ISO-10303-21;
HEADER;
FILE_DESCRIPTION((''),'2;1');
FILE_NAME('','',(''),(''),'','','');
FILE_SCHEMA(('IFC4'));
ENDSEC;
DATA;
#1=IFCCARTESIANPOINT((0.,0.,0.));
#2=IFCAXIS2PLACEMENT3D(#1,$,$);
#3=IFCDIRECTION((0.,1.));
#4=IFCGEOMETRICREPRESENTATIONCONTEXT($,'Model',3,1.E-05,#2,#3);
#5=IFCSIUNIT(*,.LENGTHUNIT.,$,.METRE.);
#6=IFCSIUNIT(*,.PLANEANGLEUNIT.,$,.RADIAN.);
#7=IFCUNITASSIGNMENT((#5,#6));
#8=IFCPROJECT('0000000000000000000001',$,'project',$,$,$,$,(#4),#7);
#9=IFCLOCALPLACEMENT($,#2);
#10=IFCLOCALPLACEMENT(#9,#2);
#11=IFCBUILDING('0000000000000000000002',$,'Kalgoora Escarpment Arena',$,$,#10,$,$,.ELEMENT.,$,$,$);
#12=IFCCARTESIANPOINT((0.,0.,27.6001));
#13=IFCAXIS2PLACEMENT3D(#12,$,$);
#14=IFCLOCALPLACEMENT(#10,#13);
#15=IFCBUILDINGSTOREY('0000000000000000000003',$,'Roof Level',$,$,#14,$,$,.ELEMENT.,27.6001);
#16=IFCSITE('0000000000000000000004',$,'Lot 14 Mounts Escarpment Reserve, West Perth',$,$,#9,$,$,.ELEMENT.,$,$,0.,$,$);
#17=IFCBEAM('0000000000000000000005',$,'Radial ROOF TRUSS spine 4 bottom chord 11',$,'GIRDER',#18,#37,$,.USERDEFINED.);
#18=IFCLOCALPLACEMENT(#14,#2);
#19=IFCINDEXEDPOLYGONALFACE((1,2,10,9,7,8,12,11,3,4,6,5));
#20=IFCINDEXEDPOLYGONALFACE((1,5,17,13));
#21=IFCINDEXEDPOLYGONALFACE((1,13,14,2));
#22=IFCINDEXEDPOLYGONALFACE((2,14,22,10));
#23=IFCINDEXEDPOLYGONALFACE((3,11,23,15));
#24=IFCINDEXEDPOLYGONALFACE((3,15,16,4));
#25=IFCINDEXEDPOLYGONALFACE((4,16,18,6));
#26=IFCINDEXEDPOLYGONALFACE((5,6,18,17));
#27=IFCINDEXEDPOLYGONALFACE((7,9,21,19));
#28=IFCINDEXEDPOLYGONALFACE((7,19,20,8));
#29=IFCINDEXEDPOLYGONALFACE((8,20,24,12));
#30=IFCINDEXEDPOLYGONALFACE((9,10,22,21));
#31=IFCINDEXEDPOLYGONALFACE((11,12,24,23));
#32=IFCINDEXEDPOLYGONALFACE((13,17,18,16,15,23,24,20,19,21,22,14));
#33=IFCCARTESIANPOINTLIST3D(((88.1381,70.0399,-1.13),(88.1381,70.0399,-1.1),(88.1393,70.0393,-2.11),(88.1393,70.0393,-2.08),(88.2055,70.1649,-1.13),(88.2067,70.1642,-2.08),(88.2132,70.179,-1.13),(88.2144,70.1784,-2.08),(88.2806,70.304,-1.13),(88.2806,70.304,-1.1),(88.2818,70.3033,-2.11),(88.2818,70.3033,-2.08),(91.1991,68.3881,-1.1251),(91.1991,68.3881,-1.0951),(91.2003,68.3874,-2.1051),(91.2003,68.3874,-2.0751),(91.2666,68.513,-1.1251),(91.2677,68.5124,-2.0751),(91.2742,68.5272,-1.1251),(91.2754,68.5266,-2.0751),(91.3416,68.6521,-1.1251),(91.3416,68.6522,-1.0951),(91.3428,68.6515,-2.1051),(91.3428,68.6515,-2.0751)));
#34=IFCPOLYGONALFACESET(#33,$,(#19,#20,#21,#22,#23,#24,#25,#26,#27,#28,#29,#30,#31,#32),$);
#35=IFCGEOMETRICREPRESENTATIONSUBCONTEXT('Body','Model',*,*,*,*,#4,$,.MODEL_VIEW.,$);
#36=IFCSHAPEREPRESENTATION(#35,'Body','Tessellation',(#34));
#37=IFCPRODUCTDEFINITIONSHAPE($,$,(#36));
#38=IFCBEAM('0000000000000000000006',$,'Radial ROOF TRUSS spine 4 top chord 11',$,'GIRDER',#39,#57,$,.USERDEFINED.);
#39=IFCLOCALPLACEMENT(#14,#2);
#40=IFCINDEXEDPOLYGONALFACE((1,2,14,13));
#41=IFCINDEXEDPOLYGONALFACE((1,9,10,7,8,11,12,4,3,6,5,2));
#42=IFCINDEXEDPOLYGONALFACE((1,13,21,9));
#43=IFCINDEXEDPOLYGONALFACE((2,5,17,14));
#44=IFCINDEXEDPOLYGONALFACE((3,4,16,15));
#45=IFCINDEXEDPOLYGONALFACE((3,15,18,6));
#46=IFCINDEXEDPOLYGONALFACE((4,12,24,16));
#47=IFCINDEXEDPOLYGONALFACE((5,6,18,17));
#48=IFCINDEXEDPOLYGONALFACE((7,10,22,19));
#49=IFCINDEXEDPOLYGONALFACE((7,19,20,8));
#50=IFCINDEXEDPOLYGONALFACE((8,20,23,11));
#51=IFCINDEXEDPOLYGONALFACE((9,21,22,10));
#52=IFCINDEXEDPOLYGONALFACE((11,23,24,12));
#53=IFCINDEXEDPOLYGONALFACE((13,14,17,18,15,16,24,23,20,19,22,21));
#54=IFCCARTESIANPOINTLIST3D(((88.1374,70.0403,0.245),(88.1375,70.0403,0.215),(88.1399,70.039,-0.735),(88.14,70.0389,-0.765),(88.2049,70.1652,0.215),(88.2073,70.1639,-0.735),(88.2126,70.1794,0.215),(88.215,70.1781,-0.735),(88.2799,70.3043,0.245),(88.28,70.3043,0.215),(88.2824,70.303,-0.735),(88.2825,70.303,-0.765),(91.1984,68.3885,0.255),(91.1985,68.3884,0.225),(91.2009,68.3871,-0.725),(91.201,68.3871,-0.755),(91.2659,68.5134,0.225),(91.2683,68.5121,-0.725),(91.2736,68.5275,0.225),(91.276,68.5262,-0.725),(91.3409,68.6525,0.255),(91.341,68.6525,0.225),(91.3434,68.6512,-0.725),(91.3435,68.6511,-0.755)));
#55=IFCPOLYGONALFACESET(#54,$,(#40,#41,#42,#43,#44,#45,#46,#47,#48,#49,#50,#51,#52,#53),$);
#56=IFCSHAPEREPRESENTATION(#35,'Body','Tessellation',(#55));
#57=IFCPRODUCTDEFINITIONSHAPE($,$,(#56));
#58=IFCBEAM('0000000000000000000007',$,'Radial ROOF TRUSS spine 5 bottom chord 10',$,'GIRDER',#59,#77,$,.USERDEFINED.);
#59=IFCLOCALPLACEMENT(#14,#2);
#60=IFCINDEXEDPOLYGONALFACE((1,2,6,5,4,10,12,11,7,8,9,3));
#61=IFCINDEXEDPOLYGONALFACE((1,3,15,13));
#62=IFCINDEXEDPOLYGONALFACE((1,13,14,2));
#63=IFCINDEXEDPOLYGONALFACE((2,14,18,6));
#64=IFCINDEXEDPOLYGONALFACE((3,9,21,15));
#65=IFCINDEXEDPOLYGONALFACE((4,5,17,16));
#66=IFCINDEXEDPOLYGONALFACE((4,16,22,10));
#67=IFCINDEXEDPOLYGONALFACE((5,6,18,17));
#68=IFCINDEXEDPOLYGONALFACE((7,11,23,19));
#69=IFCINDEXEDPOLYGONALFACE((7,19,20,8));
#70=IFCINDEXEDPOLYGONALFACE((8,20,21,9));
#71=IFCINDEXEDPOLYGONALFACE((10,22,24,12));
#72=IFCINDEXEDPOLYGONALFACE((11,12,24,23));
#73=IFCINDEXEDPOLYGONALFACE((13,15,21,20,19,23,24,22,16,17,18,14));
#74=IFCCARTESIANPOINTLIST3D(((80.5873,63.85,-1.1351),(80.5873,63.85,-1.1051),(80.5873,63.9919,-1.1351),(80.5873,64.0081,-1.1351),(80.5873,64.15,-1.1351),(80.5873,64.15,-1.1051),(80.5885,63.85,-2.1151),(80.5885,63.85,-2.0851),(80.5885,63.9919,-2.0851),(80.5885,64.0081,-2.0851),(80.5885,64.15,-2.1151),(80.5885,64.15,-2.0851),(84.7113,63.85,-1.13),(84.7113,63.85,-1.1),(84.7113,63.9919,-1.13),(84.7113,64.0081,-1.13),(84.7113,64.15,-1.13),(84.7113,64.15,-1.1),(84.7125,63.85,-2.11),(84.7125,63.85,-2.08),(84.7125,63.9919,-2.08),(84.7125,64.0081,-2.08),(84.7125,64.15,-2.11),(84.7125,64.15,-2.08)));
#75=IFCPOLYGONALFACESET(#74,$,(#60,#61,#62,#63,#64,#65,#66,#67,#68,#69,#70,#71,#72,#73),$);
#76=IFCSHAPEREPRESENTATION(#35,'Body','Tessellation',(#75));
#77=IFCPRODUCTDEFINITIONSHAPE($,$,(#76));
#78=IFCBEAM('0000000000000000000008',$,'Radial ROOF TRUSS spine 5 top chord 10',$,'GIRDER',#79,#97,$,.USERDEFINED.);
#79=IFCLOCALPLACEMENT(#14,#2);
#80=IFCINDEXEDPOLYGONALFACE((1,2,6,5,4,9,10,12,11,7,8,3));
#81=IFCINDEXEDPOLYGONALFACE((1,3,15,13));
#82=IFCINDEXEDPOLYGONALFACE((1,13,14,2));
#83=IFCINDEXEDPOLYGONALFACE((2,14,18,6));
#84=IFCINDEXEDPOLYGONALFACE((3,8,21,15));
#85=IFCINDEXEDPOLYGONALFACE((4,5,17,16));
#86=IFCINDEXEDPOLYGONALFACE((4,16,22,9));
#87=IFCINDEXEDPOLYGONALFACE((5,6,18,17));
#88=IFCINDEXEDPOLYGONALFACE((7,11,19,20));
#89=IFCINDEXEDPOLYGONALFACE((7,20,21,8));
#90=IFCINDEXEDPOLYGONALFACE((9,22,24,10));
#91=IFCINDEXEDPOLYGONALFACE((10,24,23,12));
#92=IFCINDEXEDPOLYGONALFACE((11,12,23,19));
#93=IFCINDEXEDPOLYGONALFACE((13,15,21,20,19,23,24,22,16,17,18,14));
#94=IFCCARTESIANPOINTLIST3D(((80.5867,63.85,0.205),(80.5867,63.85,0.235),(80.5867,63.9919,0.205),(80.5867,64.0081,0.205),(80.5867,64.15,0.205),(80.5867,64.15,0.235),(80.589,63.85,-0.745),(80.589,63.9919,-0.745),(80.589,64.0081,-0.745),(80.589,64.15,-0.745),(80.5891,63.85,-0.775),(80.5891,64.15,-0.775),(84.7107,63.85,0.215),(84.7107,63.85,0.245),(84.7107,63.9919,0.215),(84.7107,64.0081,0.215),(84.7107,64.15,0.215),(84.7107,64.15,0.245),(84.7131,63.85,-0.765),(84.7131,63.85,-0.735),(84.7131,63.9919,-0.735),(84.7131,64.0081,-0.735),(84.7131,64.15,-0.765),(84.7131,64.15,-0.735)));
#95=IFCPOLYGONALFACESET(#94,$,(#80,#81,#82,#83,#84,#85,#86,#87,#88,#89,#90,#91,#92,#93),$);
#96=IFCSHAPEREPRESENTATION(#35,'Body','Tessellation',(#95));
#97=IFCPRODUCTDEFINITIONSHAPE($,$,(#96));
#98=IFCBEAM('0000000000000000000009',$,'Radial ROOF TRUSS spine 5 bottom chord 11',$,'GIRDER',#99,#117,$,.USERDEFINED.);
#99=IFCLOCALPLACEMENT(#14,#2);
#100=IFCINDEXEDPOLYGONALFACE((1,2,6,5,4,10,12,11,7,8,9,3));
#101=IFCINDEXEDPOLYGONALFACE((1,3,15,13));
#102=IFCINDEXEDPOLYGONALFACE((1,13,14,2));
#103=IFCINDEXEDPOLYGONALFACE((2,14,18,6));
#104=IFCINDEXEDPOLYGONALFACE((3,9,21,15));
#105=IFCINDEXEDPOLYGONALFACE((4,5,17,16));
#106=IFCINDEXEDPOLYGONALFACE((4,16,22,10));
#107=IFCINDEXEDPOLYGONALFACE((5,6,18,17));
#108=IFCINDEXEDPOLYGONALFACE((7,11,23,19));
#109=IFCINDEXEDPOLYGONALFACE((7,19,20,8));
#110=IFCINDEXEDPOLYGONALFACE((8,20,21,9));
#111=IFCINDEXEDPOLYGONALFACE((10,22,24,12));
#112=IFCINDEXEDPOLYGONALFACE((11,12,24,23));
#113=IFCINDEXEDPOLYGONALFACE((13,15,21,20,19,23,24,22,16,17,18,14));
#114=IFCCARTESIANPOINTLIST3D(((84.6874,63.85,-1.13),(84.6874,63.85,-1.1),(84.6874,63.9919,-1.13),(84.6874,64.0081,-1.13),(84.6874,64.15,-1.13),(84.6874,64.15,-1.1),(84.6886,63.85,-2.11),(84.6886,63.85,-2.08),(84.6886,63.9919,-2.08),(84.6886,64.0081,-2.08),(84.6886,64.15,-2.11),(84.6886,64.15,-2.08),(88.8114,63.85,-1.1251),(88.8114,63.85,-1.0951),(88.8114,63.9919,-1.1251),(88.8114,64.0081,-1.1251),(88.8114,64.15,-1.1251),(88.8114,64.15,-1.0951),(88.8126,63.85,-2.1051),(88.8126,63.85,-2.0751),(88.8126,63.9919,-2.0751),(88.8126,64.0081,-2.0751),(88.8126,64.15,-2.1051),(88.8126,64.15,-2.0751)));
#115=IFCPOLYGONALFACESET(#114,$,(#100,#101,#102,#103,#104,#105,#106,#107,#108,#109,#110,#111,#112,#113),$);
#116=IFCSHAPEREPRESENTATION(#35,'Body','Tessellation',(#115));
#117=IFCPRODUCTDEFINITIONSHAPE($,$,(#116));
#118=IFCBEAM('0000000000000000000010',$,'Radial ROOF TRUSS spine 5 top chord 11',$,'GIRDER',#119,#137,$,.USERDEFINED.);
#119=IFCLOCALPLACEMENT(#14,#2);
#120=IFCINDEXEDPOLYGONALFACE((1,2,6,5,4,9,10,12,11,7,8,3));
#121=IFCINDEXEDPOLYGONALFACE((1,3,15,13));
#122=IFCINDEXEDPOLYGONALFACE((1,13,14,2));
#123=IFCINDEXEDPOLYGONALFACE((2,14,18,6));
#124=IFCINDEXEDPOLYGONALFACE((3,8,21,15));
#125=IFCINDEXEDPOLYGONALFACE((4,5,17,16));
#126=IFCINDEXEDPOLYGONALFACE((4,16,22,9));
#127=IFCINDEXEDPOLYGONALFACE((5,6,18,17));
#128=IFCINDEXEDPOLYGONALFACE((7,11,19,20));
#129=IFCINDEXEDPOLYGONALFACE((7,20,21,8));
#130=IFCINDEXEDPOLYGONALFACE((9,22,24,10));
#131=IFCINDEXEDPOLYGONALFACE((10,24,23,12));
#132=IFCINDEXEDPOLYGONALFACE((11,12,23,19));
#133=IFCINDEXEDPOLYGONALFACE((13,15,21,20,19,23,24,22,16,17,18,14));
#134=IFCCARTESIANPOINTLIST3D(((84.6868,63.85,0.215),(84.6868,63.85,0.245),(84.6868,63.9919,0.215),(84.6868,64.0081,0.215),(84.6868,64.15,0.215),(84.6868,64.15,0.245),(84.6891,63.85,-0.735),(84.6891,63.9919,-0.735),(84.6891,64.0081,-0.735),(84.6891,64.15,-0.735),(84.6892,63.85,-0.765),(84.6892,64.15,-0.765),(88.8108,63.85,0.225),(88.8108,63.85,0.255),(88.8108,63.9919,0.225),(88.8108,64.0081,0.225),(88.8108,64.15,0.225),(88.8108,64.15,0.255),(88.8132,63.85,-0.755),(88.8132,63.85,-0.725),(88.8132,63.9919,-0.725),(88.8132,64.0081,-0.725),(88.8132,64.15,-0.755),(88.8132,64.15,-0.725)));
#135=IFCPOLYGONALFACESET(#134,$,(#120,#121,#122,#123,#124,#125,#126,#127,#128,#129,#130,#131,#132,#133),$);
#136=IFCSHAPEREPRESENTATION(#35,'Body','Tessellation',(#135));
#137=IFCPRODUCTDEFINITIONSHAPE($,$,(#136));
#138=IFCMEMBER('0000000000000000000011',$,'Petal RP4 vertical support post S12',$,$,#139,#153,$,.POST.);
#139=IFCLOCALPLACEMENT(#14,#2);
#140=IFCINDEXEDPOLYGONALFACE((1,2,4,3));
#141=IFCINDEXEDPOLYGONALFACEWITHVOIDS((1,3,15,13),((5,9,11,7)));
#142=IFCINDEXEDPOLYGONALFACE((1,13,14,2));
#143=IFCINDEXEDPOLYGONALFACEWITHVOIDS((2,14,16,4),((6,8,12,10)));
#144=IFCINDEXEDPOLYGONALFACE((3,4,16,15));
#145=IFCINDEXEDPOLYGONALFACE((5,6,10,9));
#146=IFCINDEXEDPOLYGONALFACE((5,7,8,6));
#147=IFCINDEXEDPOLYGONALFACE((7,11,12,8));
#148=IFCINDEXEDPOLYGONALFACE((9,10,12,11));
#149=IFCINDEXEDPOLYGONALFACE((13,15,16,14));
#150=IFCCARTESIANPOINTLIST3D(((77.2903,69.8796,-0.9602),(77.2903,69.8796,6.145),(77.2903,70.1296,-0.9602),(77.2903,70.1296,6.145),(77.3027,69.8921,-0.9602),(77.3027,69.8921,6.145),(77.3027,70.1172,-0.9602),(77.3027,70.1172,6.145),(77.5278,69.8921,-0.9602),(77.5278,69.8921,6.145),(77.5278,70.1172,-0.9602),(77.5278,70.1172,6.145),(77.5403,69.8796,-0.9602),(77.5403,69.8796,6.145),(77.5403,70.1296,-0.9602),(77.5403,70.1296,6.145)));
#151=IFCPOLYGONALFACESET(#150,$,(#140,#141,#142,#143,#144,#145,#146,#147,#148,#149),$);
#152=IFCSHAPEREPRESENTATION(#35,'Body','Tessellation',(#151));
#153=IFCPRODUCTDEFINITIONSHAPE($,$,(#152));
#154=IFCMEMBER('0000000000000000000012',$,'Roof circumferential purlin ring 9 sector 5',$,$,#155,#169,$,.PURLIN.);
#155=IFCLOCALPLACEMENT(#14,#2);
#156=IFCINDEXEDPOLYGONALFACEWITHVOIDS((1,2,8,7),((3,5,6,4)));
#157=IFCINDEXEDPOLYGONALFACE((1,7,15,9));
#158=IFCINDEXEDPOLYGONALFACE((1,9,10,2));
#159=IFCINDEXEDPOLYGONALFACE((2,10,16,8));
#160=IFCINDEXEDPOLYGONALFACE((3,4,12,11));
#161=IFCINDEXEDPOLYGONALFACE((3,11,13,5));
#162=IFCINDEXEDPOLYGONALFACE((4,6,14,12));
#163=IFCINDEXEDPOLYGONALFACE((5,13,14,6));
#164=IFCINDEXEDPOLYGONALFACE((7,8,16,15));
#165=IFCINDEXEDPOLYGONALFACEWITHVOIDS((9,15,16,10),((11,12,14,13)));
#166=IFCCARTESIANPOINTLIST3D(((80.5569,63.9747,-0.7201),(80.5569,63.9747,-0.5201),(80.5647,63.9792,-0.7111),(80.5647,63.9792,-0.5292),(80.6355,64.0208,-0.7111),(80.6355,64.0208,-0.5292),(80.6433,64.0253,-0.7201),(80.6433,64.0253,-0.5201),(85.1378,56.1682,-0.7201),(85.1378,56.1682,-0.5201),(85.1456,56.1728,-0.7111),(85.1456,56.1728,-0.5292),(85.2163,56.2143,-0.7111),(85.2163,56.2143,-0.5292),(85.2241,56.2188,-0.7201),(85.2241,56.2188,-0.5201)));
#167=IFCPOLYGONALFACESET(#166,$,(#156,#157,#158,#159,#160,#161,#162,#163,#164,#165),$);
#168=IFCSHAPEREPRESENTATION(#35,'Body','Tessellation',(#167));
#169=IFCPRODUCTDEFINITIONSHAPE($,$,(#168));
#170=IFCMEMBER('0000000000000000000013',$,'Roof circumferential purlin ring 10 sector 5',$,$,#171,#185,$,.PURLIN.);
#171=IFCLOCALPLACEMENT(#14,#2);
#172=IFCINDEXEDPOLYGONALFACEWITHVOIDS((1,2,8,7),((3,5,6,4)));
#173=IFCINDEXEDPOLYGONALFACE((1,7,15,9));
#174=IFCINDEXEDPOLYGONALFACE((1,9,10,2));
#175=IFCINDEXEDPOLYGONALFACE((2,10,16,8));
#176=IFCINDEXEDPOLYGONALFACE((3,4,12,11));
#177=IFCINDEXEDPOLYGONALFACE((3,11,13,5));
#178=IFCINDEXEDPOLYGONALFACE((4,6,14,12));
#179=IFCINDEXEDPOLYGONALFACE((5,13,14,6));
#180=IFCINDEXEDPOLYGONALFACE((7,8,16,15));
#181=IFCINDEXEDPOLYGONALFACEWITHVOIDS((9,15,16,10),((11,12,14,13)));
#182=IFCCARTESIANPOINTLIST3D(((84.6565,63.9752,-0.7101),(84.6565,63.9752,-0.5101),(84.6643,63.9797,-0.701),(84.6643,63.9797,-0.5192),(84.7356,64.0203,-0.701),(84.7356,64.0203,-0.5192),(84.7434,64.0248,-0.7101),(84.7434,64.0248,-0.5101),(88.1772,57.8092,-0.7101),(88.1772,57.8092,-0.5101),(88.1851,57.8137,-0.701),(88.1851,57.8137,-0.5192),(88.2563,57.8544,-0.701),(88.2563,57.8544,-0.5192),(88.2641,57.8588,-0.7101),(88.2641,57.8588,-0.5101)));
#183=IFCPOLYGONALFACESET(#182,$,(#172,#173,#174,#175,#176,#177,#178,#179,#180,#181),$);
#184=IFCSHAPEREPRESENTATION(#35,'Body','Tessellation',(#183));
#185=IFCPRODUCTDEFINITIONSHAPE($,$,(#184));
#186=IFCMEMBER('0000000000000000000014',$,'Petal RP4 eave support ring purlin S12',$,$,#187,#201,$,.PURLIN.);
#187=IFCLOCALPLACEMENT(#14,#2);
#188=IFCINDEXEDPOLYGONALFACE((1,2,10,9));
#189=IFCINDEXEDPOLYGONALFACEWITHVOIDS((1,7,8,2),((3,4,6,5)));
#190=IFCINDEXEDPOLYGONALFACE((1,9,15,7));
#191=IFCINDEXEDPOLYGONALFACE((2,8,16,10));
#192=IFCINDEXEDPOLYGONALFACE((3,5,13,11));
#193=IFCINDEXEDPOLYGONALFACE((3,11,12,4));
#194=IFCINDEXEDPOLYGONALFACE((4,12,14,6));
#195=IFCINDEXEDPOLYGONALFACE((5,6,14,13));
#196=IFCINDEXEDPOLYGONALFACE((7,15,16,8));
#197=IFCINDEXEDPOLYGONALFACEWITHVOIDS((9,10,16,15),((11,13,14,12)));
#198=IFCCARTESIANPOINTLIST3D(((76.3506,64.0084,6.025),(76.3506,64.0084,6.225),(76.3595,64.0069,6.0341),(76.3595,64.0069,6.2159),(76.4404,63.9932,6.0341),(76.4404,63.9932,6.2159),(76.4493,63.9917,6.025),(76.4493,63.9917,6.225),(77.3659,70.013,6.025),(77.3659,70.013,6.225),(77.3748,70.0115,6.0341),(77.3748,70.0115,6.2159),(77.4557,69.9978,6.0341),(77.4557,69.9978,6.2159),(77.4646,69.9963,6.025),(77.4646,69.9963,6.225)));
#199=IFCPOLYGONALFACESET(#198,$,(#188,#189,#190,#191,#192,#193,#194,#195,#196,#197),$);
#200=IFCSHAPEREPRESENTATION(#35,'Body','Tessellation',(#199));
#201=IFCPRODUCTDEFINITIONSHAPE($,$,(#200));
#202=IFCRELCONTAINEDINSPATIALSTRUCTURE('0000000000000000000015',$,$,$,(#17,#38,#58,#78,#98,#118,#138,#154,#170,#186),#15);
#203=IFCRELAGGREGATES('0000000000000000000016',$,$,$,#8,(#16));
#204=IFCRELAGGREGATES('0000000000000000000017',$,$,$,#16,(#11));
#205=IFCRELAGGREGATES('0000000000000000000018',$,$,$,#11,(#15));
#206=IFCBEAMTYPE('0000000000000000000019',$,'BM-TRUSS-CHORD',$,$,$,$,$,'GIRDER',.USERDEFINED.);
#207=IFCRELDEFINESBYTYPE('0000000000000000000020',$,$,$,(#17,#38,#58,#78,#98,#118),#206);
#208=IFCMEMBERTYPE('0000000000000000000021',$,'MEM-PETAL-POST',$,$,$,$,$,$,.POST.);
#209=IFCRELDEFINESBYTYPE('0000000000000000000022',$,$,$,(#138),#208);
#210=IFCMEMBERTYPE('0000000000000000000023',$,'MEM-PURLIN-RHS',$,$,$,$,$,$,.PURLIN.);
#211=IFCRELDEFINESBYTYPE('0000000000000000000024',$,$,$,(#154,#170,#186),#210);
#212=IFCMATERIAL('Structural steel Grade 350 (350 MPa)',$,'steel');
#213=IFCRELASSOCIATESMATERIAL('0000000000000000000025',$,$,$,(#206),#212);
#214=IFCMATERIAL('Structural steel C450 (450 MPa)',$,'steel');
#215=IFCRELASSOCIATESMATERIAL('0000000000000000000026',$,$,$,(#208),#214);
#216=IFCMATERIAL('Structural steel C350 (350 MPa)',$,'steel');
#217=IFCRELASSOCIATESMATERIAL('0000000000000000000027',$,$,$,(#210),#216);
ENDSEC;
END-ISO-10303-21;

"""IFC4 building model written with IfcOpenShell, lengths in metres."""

from ifc_helpers import new_model, si_unit, direction, frame, origin, origin_2d, place, context, subcontext, project, spatial, hollow_rectangle, i_section, extrude, material, material_profile, profile_set, type_object, element, save


model = new_model("IFC4")

# Units and contexts
model_context = context("Model", 3, precision=1e-05, world=origin(), true_north=direction((0.0, 1.0)))
body_context = subcontext(model_context, "Body", "Model", "MODEL_VIEW")
ifc_project = project(units=[si_unit("LENGTHUNIT", "METRE"), si_unit("PLANEANGLEUNIT", "RADIAN")], contexts=[model_context])

# Site, building, storey
site_placement = place(None, origin())
site = spatial("IfcSite", under=ifc_project, at=site_placement, Name="Lot 14 Mounts Escarpment Reserve, West Perth", CompositionType="ELEMENT", RefElevation=0.0)
building_placement = place(site_placement, origin())
building = spatial("IfcBuilding", under=site, at=building_placement, Name="Kalgoora Escarpment Arena", CompositionType="ELEMENT")
storey_placement = place(building_placement, frame((0.0, 0.0, 27.6001)))
storey = spatial("IfcBuildingStorey", under=building, at=storey_placement, Name="Roof Level", CompositionType="ELEMENT", Elevation=27.6001)

# Beams
ifc_material_1 = material(Name="Structural steel Grade 350 (350 MPa)", Category="steel")
ifc_material_profile_1 = material_profile(ifc_material_1, i_section(OverallWidth=0.3, OverallDepth=1.01, WebThickness=0.0161, FlangeThickness=0.03, at=origin_2d()))
ifc_profile_set_1 = profile_set([ifc_material_profile_1], Name="Structural steel Grade 350 (350 MPa)")
beam_type = type_object("IfcBeamType", Name="BM-TRUSS-CHORD", ElementType="GIRDER", PredefinedType="USERDEFINED", material=ifc_profile_set_1)
for number, where, z_axis, x_axis, name in (
    (1, (88.21, 70.1716, -1.605), (0.880037, -0.474903, 0.001404), (0.474903, 0.880038, 0.0), "Radial ROOF TRUSS spine 4 bottom chord 11"),
    (2, (88.21, 70.1716, -0.26), (0.880034, -0.474901, 0.002878), (0.474903, 0.880038, 0.0), "Radial ROOF TRUSS spine 4 top chord 11"),
):
    element("IfcBeam", number, at=place(storey_placement, frame(where, z_axis=z_axis, x_axis=x_axis)), inside=storey, type_object=beam_type, Name=name, ObjectType="GIRDER", PredefinedType="USERDEFINED", context=body_context, shape_type="SweptSolid", body=[
        extrude(i_section(OverallWidth=0.3, OverallDepth=1.01, WebThickness=0.0161, FlangeThickness=0.03, at=origin_2d()), origin(), (0.0, 0.0, 1.0), 3.4783),
    ])
for number, where, z_axis, x_axis, name in (
    (3, (80.5879, 64.0, -1.6101), (0.999999, 0.0, 0.001243), (0.0, 1.0, 0.0), "Radial ROOF TRUSS spine 5 bottom chord 10"),
    (4, (80.5879, 64.0, -0.27), (0.999997, 0.0, 0.002427), (0.0, 1.0, 0.0), "Radial ROOF TRUSS spine 5 top chord 10"),
    (5, (84.688, 64.0, -1.605), (0.999999, 0.0, 0.001184), (0.0, 1.0, 0.0), "Radial ROOF TRUSS spine 5 bottom chord 11"),
    (6, (84.688, 64.0, -0.26), (0.999997, 0.0, 0.002427), (0.0, 1.0, 0.0), "Radial ROOF TRUSS spine 5 top chord 11"),
):
    element("IfcBeam", number, at=place(storey_placement, frame(where, z_axis=z_axis, x_axis=x_axis)), inside=storey, type_object=beam_type, Name=name, ObjectType="GIRDER", PredefinedType="USERDEFINED", context=body_context, shape_type="SweptSolid", body=[
        extrude(i_section(OverallWidth=0.3, OverallDepth=1.01, WebThickness=0.0161, FlangeThickness=0.03, at=origin_2d()), origin(), (0.0, 0.0, 1.0), 4.124),
    ])

# Members
ifc_material_2 = material(Name="Structural steel C450 (450 MPa)", Category="steel")
ifc_material_profile_2 = material_profile(ifc_material_2, hollow_rectangle(XDim=0.25, YDim=0.25, WallThickness=0.0125, at=origin_2d()))
ifc_profile_set_2 = profile_set([ifc_material_profile_2], Name="Structural steel C450 (450 MPa)")
member_type_1 = type_object("IfcMemberType", Name="MEM-PETAL-POST", PredefinedType="POST", material=ifc_profile_set_2)
member_1_placement = place(storey_placement, frame((77.4153, 70.0046, -0.9602), z_axis=(0.0, 0.0, 1.0), x_axis=(1.0, 0.0, 0.0)))
element("IfcMember", 7, at=member_1_placement, inside=storey, type_object=member_type_1, Name="Petal RP4 vertical support post S12", PredefinedType="POST", context=body_context, shape_type="SweptSolid", body=[
    extrude(hollow_rectangle(XDim=0.25, YDim=0.25, WallThickness=0.0125, at=origin_2d()), origin(), (0.0, 0.0, 1.0), 7.1052),
])
ifc_material_3 = material(Name="Structural steel C350 (350 MPa)", Category="steel")
ifc_material_profile_3 = material_profile(ifc_material_3, hollow_rectangle(XDim=0.1001, YDim=0.2, WallThickness=0.009, at=origin_2d()))
ifc_profile_set_3 = profile_set([ifc_material_profile_3], Name="Structural steel C350 (350 MPa)")
member_type_2 = type_object("IfcMemberType", Name="MEM-PURLIN-RHS", PredefinedType="PURLIN", material=ifc_profile_set_3)
member_2_placement = place(storey_placement, frame((80.6001, 64.0, -0.6201), z_axis=(0.506102, -0.862474, 0.0), x_axis=(0.862474, 0.506102, 0.0)))
element("IfcMember", 8, at=member_2_placement, inside=storey, type_object=member_type_2, Name="Roof circumferential purlin ring 9 sector 5", PredefinedType="PURLIN", context=body_context, shape_type="SweptSolid", body=[
    extrude(hollow_rectangle(XDim=0.1001, YDim=0.2, WallThickness=0.009, at=origin_2d()), origin(), (0.0, 0.0, 1.0), 9.0513),
])
member_3_placement = place(storey_placement, frame((84.7, 64.0, -0.6101), z_axis=(0.495854, -0.868406, 0.0), x_axis=(0.868406, 0.495854, 0.0)))
element("IfcMember", 9, at=member_3_placement, inside=storey, type_object=member_type_2, Name="Roof circumferential purlin ring 10 sector 5", PredefinedType="PURLIN", context=body_context, shape_type="SweptSolid", body=[
    extrude(hollow_rectangle(XDim=0.1001, YDim=0.2, WallThickness=0.009, at=origin_2d()), origin(), (0.0, 0.0, 1.0), 7.1003),
])
member_4_placement = place(storey_placement, frame((77.4153, 70.0046, 6.125), z_axis=(-0.166732, -0.986002, 0.0), x_axis=(0.986002, -0.166732, 0.0)))
element("IfcMember", 10, at=member_4_placement, inside=storey, type_object=member_type_2, Name="Petal RP4 eave support ring purlin S12", PredefinedType="PURLIN", context=body_context, shape_type="SweptSolid", body=[
    extrude(hollow_rectangle(XDim=0.1001, YDim=0.2, WallThickness=0.009, at=origin_2d()), origin(), (0.0, 0.0, 1.0), 6.0898),
])

save(model, "model.ifc")
